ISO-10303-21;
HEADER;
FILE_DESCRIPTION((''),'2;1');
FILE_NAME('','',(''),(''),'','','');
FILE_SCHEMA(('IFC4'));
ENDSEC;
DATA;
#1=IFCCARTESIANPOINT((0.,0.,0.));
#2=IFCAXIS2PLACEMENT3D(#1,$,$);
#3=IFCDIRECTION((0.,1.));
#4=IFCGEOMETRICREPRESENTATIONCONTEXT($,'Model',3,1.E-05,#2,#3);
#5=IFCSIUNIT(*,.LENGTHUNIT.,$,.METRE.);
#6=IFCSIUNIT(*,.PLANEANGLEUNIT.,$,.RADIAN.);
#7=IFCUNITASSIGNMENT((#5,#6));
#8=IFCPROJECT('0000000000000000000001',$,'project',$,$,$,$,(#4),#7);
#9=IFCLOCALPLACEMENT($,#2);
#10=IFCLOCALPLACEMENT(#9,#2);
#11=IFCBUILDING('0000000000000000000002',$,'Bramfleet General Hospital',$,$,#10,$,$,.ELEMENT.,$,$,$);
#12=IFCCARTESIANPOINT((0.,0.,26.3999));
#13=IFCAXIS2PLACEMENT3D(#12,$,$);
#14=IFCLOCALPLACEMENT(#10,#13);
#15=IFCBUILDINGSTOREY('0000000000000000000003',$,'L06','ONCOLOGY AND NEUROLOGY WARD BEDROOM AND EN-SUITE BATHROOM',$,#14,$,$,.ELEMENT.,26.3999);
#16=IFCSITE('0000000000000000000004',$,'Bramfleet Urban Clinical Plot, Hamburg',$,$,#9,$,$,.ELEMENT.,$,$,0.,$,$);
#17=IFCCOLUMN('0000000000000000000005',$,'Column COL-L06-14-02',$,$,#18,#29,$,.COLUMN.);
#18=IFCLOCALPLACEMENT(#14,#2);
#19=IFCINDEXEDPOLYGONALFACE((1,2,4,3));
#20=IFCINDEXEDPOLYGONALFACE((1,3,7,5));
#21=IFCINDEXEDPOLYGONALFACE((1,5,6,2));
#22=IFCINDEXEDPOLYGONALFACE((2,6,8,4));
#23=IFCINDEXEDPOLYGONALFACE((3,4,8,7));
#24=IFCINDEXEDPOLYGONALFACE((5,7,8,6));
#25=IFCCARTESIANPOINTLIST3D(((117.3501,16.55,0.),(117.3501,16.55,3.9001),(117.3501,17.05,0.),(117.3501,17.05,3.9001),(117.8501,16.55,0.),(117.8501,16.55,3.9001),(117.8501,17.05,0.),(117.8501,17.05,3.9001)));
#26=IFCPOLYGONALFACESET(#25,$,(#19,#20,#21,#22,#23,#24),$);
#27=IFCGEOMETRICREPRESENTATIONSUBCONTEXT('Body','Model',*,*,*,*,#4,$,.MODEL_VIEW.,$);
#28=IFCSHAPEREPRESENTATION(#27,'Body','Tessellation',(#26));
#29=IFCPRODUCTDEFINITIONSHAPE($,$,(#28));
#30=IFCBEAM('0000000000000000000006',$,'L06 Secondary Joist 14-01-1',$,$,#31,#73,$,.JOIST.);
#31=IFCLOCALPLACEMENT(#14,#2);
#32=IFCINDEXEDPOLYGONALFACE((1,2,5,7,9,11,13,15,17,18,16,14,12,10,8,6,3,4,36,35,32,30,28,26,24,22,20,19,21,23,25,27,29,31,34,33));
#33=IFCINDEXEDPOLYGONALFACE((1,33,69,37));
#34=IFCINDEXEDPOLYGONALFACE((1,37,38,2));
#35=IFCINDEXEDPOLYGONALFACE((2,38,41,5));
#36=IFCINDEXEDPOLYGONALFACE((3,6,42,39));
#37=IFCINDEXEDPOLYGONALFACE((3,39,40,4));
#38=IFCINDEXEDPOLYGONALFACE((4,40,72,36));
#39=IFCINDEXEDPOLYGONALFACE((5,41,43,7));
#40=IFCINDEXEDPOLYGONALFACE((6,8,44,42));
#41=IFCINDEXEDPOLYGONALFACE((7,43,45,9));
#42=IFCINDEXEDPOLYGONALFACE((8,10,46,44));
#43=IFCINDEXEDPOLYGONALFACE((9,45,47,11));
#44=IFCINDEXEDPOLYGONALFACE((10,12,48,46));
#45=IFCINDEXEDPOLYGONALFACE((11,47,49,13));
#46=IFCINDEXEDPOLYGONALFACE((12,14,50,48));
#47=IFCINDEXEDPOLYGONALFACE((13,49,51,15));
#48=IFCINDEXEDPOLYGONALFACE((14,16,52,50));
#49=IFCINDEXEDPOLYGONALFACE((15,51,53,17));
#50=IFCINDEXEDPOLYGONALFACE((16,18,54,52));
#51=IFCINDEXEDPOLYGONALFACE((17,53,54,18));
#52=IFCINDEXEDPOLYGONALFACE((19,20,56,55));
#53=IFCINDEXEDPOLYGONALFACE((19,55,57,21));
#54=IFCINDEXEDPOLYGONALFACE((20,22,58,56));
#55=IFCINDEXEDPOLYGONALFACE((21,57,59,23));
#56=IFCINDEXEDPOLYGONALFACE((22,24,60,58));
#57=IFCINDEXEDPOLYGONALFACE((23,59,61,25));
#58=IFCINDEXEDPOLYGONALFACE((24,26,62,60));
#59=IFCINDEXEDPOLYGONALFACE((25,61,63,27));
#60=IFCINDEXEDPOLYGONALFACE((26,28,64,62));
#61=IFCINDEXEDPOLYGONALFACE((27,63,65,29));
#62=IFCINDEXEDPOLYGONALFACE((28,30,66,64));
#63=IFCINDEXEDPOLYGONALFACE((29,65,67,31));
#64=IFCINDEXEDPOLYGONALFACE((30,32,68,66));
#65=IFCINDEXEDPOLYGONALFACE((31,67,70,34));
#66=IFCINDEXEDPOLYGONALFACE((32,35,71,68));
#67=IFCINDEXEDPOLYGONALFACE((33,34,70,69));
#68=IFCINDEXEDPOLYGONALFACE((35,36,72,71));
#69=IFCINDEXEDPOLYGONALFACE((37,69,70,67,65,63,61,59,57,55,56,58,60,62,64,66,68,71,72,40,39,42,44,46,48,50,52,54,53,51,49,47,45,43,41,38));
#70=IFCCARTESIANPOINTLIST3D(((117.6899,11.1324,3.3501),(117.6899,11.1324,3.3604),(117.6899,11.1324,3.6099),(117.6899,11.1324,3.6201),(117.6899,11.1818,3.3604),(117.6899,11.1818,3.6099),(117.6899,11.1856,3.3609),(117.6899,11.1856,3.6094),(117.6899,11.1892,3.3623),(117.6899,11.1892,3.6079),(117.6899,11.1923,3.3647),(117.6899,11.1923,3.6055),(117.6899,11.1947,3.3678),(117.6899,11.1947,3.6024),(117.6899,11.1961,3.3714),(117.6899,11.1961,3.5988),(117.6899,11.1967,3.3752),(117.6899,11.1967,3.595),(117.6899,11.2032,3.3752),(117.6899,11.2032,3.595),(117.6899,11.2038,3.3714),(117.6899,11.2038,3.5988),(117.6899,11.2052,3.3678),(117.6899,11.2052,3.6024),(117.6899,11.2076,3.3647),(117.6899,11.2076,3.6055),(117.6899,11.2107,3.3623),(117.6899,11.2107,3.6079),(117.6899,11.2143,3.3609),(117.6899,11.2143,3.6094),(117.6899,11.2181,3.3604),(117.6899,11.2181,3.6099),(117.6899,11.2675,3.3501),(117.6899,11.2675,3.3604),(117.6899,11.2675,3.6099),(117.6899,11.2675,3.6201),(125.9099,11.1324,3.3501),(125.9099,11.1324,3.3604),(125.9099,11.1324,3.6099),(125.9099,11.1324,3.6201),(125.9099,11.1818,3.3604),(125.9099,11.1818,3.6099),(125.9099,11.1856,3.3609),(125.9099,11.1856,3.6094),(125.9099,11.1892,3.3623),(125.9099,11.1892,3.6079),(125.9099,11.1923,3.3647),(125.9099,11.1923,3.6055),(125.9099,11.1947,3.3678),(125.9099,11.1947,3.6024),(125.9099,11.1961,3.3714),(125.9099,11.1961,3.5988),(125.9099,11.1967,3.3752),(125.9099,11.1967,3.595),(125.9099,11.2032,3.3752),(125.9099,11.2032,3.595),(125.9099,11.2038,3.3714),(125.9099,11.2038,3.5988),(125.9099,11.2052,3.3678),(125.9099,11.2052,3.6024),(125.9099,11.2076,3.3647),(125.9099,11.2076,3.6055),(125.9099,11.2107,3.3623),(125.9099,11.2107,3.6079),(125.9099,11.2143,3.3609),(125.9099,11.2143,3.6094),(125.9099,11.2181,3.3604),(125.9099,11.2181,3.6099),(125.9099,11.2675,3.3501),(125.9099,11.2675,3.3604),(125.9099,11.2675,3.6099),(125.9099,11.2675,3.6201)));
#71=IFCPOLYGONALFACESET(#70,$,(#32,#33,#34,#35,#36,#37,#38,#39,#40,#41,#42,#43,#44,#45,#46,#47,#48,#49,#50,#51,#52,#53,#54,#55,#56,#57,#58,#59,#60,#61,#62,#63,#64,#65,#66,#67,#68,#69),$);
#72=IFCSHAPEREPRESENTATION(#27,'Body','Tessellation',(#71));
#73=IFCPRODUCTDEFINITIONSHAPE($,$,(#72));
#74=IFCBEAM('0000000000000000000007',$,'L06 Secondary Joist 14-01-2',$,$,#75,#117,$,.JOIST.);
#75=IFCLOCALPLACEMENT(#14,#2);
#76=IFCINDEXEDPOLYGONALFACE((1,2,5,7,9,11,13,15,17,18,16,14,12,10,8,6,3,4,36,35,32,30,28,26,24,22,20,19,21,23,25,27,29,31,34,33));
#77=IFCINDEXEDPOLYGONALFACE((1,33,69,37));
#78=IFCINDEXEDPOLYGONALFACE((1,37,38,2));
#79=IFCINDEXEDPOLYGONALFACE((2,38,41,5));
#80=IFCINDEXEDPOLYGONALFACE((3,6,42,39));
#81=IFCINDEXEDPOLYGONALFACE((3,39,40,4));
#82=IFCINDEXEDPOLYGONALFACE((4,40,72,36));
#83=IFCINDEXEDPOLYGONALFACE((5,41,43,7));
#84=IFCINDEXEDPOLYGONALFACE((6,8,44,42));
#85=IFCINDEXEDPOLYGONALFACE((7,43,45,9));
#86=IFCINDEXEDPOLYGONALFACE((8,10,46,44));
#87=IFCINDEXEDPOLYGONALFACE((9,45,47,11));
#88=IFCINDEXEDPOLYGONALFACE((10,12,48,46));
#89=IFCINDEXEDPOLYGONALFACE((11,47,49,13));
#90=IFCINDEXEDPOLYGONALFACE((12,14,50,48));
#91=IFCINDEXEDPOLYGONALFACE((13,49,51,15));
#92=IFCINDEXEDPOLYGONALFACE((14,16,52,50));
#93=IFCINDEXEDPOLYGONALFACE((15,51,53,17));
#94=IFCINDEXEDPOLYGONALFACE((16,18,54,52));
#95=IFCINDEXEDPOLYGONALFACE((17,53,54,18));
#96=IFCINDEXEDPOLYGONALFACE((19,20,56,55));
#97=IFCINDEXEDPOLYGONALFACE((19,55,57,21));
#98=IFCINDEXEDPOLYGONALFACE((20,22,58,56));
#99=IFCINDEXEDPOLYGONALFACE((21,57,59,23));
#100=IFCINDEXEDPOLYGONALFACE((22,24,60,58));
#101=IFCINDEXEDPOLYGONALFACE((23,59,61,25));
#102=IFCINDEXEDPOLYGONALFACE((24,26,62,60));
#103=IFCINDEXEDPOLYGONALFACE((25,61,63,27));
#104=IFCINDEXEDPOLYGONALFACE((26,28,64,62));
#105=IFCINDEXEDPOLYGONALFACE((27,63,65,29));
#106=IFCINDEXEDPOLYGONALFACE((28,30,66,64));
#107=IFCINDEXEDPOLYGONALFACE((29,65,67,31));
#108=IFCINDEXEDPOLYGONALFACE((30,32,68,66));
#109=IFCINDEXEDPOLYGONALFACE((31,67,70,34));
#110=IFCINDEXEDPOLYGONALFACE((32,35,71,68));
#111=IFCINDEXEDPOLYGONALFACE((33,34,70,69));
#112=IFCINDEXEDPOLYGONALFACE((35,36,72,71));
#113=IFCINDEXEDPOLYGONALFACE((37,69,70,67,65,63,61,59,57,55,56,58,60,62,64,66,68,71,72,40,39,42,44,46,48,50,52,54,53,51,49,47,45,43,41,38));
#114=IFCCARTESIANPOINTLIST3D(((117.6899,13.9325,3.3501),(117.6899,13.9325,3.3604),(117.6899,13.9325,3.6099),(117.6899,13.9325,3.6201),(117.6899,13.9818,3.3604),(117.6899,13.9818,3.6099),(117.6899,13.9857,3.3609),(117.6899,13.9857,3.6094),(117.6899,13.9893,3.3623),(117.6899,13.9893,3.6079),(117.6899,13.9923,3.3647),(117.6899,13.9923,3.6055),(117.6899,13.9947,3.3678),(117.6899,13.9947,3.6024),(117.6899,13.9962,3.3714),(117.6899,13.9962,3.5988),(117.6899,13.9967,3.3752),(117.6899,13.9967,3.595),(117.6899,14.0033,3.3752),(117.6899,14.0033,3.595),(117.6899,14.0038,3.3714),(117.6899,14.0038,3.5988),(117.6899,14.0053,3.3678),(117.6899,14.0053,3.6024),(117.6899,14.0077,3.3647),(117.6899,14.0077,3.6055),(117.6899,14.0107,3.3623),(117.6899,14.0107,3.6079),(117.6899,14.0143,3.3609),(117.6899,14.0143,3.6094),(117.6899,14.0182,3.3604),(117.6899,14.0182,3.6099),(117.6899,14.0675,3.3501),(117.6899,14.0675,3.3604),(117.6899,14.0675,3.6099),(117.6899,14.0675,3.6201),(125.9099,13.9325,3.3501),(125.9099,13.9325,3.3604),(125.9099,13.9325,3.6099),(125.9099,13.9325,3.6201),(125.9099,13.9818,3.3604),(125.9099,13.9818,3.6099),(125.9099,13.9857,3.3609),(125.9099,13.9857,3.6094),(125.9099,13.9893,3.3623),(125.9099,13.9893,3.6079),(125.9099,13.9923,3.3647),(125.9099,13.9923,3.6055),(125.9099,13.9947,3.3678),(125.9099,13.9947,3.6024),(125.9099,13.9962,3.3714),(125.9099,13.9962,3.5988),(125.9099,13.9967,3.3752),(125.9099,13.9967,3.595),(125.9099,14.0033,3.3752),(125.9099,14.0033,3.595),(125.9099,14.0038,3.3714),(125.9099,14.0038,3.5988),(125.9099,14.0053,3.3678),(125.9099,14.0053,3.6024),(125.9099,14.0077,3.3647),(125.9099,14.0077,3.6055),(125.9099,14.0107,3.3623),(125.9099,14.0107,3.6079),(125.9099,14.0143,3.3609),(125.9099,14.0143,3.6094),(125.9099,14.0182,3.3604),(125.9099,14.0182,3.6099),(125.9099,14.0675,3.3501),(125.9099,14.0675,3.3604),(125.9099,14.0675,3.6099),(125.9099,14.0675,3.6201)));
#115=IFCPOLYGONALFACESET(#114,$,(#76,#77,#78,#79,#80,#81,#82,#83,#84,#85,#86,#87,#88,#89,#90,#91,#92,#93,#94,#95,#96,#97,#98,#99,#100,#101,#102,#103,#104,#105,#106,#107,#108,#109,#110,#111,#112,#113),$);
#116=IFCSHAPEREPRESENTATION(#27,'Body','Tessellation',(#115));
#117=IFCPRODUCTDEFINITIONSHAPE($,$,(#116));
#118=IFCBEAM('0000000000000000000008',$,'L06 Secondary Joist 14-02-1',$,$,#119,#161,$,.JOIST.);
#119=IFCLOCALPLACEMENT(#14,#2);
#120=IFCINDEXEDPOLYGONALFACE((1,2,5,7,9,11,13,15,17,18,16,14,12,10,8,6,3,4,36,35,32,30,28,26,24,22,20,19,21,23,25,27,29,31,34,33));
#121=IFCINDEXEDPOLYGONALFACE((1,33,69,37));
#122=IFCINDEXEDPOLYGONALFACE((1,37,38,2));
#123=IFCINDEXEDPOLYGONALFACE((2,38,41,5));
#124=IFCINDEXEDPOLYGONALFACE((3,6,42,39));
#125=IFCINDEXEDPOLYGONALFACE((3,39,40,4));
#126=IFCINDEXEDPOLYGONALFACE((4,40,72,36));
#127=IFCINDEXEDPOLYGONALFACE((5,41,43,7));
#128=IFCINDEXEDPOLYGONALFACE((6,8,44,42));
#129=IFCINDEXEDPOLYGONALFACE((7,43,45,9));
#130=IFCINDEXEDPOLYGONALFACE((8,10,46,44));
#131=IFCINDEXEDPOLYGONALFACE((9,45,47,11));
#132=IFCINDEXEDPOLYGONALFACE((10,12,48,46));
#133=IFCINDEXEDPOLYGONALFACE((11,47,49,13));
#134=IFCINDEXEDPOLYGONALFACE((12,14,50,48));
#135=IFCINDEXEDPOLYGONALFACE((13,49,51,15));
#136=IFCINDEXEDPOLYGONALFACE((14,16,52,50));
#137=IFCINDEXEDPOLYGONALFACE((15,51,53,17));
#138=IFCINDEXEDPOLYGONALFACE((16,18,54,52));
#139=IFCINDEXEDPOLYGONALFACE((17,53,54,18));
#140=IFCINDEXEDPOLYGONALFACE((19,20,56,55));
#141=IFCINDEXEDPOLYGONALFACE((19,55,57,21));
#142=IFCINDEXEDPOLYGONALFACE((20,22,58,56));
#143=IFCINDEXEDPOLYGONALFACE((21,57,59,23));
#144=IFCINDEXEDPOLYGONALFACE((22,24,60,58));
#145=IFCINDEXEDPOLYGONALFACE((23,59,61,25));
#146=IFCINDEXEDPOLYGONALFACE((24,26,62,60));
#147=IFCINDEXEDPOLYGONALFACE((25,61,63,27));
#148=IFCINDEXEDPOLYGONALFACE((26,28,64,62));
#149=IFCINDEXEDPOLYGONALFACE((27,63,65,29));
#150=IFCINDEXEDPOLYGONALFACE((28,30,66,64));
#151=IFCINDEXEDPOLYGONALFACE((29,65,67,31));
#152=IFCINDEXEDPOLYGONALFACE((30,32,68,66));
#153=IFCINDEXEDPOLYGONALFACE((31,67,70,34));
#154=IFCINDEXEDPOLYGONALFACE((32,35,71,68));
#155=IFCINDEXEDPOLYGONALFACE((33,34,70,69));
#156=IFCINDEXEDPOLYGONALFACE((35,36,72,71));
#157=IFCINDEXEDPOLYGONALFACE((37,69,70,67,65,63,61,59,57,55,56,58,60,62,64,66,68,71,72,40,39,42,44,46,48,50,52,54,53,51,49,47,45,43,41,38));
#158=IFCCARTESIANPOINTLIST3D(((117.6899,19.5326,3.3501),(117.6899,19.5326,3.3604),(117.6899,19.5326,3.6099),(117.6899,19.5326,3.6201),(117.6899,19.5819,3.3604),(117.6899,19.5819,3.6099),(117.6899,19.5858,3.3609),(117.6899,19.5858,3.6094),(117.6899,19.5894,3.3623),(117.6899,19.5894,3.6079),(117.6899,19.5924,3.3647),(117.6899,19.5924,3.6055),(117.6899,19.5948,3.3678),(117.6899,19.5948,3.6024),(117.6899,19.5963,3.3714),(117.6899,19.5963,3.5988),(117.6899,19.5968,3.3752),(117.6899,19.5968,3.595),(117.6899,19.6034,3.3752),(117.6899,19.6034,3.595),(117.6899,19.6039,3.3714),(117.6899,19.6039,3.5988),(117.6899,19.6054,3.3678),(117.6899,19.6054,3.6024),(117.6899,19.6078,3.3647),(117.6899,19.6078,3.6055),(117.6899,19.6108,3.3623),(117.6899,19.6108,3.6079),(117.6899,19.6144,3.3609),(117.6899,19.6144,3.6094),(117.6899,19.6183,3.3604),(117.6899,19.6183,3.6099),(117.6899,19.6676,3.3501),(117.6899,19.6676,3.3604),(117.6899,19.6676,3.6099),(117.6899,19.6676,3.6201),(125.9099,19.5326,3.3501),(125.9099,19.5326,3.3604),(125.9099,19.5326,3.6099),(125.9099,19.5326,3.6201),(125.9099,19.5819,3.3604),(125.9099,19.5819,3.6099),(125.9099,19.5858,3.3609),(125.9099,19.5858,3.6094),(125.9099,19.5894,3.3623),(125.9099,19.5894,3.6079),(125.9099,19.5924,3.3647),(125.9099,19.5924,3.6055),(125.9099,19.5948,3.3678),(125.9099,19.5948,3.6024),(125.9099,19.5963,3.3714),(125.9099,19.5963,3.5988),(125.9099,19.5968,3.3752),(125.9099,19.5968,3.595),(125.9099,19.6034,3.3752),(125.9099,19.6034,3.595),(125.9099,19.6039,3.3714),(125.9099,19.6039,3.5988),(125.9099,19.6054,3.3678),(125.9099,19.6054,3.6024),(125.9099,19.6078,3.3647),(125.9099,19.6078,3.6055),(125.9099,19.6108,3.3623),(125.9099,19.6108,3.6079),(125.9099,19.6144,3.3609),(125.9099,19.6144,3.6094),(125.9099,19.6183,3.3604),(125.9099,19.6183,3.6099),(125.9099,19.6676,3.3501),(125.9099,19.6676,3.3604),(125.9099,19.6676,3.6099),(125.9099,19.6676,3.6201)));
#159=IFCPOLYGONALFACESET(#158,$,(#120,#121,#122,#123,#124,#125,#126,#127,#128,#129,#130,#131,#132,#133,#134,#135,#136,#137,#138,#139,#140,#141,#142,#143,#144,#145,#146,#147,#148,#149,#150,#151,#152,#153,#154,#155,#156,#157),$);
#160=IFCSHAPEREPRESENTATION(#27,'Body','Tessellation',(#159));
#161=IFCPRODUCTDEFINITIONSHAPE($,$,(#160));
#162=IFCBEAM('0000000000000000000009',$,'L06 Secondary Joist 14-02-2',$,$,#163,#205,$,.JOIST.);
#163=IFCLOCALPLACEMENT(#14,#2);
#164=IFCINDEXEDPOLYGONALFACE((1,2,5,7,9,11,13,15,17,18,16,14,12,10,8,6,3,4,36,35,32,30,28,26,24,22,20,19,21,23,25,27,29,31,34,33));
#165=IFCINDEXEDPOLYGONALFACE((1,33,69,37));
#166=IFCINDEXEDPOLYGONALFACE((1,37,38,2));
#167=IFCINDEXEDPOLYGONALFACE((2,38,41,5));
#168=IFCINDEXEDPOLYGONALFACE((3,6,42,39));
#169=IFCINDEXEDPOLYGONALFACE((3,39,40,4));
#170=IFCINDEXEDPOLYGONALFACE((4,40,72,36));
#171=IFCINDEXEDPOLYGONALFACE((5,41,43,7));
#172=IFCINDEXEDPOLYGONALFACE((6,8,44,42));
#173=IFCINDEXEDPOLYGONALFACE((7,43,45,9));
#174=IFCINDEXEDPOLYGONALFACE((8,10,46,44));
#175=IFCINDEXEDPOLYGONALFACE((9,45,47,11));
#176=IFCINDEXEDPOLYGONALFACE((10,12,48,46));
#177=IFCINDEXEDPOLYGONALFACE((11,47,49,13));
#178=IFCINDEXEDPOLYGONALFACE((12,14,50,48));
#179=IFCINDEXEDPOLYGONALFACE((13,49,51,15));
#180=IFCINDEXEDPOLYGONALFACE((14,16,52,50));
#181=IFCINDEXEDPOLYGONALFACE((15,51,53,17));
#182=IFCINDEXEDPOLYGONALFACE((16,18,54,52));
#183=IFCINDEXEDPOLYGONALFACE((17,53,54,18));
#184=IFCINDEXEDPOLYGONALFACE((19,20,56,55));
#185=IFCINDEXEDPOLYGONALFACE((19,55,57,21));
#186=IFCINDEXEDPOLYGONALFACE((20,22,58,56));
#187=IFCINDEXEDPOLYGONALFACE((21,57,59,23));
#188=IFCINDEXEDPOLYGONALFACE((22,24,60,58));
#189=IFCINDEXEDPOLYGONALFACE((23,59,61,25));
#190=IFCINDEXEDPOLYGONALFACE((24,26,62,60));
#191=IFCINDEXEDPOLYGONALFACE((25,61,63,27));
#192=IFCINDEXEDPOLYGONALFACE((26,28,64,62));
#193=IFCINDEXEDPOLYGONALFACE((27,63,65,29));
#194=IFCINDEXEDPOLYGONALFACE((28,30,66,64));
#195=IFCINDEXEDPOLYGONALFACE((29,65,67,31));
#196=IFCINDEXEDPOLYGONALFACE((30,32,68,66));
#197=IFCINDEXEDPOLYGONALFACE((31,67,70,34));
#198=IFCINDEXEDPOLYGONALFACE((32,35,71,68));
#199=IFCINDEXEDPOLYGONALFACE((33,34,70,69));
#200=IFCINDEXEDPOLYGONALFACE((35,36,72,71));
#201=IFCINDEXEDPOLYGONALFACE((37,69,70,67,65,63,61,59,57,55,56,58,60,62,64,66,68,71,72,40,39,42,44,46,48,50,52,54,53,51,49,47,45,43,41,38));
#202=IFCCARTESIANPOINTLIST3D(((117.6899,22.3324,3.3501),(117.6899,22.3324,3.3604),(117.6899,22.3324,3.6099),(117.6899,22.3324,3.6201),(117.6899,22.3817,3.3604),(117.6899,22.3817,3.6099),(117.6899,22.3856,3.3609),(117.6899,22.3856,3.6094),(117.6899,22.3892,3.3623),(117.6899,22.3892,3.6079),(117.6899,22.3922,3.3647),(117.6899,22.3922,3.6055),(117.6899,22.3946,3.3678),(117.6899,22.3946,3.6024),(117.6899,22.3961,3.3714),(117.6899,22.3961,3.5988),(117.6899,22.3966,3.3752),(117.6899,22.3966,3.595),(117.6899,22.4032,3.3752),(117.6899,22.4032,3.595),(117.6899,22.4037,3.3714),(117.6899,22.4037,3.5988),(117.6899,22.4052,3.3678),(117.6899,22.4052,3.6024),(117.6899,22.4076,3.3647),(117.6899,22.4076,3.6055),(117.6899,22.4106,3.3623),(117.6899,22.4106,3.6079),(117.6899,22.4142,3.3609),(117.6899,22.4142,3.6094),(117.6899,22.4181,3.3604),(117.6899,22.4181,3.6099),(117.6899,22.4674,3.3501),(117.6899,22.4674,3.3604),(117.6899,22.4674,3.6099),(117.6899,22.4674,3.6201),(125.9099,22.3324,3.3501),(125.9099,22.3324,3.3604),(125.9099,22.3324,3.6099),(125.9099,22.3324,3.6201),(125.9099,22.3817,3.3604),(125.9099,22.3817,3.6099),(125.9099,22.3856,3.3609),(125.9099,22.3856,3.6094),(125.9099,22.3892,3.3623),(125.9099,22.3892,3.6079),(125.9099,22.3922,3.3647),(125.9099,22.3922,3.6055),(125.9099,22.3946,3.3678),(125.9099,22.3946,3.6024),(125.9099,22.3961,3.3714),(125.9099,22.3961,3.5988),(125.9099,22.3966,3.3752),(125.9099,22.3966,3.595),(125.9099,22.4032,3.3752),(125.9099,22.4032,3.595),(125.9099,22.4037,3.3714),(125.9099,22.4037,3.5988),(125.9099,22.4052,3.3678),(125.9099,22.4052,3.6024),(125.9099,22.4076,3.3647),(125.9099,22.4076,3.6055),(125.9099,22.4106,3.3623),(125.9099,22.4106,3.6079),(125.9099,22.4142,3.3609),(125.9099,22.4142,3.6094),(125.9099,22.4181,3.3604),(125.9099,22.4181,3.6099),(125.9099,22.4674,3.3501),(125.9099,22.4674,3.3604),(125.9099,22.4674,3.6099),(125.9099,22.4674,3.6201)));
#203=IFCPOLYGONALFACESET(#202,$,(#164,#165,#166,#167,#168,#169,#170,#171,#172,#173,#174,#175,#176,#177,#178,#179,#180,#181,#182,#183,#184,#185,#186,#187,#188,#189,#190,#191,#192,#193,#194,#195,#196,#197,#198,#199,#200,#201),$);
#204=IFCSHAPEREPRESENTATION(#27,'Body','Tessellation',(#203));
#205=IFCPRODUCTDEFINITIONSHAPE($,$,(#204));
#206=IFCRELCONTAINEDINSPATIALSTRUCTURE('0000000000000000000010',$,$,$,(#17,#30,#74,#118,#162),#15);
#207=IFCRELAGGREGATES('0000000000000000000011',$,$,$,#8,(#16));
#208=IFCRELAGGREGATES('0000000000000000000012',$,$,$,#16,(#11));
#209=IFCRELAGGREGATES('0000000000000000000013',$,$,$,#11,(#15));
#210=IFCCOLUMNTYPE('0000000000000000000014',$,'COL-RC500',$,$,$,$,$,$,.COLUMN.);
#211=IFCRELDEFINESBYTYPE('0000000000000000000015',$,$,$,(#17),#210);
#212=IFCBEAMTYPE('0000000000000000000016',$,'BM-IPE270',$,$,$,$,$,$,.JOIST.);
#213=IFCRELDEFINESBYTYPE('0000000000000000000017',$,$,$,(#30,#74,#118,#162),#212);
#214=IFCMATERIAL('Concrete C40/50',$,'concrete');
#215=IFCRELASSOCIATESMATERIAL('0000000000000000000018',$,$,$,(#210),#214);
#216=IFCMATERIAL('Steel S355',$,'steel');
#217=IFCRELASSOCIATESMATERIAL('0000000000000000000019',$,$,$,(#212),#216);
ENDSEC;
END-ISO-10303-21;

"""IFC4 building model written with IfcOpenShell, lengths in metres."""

from ifc_helpers import new_model, si_unit, direction, frame, origin, origin_2d, place, context, subcontext, project, spatial, rectangle, i_section, extrude, material, material_profile, profile_set, type_object, element, save


model = new_model("IFC4")

# Units and contexts
model_context = context("Model", 3, precision=1e-05, world=origin(), true_north=direction((0.0, 1.0)))
body_context = subcontext(model_context, "Body", "Model", "MODEL_VIEW")
ifc_project = project(units=[si_unit("LENGTHUNIT", "METRE"), si_unit("PLANEANGLEUNIT", "RADIAN")], contexts=[model_context])

# Site, building, storey
site_placement = place(None, origin())
site = spatial("IfcSite", under=ifc_project, at=site_placement, Name="Bramfleet Urban Clinical Plot, Hamburg", CompositionType="ELEMENT", RefElevation=0.0)
building_placement = place(site_placement, origin())
building = spatial("IfcBuilding", under=site, at=building_placement, Name="Bramfleet General Hospital", CompositionType="ELEMENT")
storey_placement = place(building_placement, frame((0.0, 0.0, 26.3999)))
storey = spatial("IfcBuildingStorey", under=building, at=storey_placement, Name="L06", Description="ONCOLOGY AND NEUROLOGY WARD BEDROOM AND EN-SUITE BATHROOM", CompositionType="ELEMENT", Elevation=26.3999)

# Column
ifc_material_1 = material(Name="Concrete C40/50", Category="concrete")
ifc_material_profile_1 = material_profile(ifc_material_1, rectangle(XDim=0.5, YDim=0.5, at=origin_2d()), Name="RC COL 500x500")
ifc_profile_set_1 = profile_set([ifc_material_profile_1], Name="Concrete C40/50")
column_type = type_object("IfcColumnType", Name="COL-RC500", PredefinedType="COLUMN", material=ifc_profile_set_1)
column_placement = place(storey_placement, frame((117.6001, 16.8, 0.0), z_axis=(0.0, 0.0, 1.0), x_axis=(1.0, 0.0, 0.0)))
element("IfcColumn", 1, at=column_placement, inside=storey, type_object=column_type, Name="Column COL-L06-14-02", PredefinedType="COLUMN", context=body_context, shape_type="SweptSolid", body=[
    extrude(rectangle(XDim=0.5, YDim=0.5, at=origin_2d()), origin(), (0.0, 0.0, 1.0), 3.9001),
])

# Beams
ifc_material_2 = material(Name="Steel S355", Category="steel")
ifc_material_profile_2 = material_profile(ifc_material_2, i_section(OverallWidth=0.135, OverallDepth=0.27, WebThickness=0.0066, FlangeThickness=0.0103, FilletRadius=0.0149, at=origin_2d()), Name="IPE 270")
ifc_profile_set_2 = profile_set([ifc_material_profile_2], Name="Steel S355")
beam_type_1 = type_object("IfcBeamType", Name="BM-IPE270", PredefinedType="JOIST", material=ifc_profile_set_2)
for number, where, z_axis, x_axis, name in (
    (2, (117.6899, 11.2, 3.4851), (1.0, 0.0, 0.0), (0.0, 1.0, 0.0), "L06 Secondary Joist 14-01-1"),
    (3, (117.6899, 14.0, 3.4851), (1.0, 0.0, 0.0), (0.0, 1.0, 0.0), "L06 Secondary Joist 14-01-2"),
    (4, (117.6899, 19.6001, 3.4851), (1.0, 0.0, 0.0), (0.0, 1.0, 0.0), "L06 Secondary Joist 14-02-1"),
    (5, (117.6899, 22.3999, 3.4851), (1.0, 0.0, 0.0), (0.0, 1.0, 0.0), "L06 Secondary Joist 14-02-2"),
):
    element("IfcBeam", number, at=place(storey_placement, frame(where, z_axis=z_axis, x_axis=x_axis)), inside=storey, type_object=beam_type_1, Name=name, PredefinedType="JOIST", context=body_context, shape_type="SweptSolid", body=[
        extrude(i_section(OverallWidth=0.135, OverallDepth=0.27, WebThickness=0.0066, FlangeThickness=0.0103, FilletRadius=0.0149, at=origin_2d()), origin(), (0.0, 0.0, 1.0), 8.22),
    ])

save(model, "model.ifc")
